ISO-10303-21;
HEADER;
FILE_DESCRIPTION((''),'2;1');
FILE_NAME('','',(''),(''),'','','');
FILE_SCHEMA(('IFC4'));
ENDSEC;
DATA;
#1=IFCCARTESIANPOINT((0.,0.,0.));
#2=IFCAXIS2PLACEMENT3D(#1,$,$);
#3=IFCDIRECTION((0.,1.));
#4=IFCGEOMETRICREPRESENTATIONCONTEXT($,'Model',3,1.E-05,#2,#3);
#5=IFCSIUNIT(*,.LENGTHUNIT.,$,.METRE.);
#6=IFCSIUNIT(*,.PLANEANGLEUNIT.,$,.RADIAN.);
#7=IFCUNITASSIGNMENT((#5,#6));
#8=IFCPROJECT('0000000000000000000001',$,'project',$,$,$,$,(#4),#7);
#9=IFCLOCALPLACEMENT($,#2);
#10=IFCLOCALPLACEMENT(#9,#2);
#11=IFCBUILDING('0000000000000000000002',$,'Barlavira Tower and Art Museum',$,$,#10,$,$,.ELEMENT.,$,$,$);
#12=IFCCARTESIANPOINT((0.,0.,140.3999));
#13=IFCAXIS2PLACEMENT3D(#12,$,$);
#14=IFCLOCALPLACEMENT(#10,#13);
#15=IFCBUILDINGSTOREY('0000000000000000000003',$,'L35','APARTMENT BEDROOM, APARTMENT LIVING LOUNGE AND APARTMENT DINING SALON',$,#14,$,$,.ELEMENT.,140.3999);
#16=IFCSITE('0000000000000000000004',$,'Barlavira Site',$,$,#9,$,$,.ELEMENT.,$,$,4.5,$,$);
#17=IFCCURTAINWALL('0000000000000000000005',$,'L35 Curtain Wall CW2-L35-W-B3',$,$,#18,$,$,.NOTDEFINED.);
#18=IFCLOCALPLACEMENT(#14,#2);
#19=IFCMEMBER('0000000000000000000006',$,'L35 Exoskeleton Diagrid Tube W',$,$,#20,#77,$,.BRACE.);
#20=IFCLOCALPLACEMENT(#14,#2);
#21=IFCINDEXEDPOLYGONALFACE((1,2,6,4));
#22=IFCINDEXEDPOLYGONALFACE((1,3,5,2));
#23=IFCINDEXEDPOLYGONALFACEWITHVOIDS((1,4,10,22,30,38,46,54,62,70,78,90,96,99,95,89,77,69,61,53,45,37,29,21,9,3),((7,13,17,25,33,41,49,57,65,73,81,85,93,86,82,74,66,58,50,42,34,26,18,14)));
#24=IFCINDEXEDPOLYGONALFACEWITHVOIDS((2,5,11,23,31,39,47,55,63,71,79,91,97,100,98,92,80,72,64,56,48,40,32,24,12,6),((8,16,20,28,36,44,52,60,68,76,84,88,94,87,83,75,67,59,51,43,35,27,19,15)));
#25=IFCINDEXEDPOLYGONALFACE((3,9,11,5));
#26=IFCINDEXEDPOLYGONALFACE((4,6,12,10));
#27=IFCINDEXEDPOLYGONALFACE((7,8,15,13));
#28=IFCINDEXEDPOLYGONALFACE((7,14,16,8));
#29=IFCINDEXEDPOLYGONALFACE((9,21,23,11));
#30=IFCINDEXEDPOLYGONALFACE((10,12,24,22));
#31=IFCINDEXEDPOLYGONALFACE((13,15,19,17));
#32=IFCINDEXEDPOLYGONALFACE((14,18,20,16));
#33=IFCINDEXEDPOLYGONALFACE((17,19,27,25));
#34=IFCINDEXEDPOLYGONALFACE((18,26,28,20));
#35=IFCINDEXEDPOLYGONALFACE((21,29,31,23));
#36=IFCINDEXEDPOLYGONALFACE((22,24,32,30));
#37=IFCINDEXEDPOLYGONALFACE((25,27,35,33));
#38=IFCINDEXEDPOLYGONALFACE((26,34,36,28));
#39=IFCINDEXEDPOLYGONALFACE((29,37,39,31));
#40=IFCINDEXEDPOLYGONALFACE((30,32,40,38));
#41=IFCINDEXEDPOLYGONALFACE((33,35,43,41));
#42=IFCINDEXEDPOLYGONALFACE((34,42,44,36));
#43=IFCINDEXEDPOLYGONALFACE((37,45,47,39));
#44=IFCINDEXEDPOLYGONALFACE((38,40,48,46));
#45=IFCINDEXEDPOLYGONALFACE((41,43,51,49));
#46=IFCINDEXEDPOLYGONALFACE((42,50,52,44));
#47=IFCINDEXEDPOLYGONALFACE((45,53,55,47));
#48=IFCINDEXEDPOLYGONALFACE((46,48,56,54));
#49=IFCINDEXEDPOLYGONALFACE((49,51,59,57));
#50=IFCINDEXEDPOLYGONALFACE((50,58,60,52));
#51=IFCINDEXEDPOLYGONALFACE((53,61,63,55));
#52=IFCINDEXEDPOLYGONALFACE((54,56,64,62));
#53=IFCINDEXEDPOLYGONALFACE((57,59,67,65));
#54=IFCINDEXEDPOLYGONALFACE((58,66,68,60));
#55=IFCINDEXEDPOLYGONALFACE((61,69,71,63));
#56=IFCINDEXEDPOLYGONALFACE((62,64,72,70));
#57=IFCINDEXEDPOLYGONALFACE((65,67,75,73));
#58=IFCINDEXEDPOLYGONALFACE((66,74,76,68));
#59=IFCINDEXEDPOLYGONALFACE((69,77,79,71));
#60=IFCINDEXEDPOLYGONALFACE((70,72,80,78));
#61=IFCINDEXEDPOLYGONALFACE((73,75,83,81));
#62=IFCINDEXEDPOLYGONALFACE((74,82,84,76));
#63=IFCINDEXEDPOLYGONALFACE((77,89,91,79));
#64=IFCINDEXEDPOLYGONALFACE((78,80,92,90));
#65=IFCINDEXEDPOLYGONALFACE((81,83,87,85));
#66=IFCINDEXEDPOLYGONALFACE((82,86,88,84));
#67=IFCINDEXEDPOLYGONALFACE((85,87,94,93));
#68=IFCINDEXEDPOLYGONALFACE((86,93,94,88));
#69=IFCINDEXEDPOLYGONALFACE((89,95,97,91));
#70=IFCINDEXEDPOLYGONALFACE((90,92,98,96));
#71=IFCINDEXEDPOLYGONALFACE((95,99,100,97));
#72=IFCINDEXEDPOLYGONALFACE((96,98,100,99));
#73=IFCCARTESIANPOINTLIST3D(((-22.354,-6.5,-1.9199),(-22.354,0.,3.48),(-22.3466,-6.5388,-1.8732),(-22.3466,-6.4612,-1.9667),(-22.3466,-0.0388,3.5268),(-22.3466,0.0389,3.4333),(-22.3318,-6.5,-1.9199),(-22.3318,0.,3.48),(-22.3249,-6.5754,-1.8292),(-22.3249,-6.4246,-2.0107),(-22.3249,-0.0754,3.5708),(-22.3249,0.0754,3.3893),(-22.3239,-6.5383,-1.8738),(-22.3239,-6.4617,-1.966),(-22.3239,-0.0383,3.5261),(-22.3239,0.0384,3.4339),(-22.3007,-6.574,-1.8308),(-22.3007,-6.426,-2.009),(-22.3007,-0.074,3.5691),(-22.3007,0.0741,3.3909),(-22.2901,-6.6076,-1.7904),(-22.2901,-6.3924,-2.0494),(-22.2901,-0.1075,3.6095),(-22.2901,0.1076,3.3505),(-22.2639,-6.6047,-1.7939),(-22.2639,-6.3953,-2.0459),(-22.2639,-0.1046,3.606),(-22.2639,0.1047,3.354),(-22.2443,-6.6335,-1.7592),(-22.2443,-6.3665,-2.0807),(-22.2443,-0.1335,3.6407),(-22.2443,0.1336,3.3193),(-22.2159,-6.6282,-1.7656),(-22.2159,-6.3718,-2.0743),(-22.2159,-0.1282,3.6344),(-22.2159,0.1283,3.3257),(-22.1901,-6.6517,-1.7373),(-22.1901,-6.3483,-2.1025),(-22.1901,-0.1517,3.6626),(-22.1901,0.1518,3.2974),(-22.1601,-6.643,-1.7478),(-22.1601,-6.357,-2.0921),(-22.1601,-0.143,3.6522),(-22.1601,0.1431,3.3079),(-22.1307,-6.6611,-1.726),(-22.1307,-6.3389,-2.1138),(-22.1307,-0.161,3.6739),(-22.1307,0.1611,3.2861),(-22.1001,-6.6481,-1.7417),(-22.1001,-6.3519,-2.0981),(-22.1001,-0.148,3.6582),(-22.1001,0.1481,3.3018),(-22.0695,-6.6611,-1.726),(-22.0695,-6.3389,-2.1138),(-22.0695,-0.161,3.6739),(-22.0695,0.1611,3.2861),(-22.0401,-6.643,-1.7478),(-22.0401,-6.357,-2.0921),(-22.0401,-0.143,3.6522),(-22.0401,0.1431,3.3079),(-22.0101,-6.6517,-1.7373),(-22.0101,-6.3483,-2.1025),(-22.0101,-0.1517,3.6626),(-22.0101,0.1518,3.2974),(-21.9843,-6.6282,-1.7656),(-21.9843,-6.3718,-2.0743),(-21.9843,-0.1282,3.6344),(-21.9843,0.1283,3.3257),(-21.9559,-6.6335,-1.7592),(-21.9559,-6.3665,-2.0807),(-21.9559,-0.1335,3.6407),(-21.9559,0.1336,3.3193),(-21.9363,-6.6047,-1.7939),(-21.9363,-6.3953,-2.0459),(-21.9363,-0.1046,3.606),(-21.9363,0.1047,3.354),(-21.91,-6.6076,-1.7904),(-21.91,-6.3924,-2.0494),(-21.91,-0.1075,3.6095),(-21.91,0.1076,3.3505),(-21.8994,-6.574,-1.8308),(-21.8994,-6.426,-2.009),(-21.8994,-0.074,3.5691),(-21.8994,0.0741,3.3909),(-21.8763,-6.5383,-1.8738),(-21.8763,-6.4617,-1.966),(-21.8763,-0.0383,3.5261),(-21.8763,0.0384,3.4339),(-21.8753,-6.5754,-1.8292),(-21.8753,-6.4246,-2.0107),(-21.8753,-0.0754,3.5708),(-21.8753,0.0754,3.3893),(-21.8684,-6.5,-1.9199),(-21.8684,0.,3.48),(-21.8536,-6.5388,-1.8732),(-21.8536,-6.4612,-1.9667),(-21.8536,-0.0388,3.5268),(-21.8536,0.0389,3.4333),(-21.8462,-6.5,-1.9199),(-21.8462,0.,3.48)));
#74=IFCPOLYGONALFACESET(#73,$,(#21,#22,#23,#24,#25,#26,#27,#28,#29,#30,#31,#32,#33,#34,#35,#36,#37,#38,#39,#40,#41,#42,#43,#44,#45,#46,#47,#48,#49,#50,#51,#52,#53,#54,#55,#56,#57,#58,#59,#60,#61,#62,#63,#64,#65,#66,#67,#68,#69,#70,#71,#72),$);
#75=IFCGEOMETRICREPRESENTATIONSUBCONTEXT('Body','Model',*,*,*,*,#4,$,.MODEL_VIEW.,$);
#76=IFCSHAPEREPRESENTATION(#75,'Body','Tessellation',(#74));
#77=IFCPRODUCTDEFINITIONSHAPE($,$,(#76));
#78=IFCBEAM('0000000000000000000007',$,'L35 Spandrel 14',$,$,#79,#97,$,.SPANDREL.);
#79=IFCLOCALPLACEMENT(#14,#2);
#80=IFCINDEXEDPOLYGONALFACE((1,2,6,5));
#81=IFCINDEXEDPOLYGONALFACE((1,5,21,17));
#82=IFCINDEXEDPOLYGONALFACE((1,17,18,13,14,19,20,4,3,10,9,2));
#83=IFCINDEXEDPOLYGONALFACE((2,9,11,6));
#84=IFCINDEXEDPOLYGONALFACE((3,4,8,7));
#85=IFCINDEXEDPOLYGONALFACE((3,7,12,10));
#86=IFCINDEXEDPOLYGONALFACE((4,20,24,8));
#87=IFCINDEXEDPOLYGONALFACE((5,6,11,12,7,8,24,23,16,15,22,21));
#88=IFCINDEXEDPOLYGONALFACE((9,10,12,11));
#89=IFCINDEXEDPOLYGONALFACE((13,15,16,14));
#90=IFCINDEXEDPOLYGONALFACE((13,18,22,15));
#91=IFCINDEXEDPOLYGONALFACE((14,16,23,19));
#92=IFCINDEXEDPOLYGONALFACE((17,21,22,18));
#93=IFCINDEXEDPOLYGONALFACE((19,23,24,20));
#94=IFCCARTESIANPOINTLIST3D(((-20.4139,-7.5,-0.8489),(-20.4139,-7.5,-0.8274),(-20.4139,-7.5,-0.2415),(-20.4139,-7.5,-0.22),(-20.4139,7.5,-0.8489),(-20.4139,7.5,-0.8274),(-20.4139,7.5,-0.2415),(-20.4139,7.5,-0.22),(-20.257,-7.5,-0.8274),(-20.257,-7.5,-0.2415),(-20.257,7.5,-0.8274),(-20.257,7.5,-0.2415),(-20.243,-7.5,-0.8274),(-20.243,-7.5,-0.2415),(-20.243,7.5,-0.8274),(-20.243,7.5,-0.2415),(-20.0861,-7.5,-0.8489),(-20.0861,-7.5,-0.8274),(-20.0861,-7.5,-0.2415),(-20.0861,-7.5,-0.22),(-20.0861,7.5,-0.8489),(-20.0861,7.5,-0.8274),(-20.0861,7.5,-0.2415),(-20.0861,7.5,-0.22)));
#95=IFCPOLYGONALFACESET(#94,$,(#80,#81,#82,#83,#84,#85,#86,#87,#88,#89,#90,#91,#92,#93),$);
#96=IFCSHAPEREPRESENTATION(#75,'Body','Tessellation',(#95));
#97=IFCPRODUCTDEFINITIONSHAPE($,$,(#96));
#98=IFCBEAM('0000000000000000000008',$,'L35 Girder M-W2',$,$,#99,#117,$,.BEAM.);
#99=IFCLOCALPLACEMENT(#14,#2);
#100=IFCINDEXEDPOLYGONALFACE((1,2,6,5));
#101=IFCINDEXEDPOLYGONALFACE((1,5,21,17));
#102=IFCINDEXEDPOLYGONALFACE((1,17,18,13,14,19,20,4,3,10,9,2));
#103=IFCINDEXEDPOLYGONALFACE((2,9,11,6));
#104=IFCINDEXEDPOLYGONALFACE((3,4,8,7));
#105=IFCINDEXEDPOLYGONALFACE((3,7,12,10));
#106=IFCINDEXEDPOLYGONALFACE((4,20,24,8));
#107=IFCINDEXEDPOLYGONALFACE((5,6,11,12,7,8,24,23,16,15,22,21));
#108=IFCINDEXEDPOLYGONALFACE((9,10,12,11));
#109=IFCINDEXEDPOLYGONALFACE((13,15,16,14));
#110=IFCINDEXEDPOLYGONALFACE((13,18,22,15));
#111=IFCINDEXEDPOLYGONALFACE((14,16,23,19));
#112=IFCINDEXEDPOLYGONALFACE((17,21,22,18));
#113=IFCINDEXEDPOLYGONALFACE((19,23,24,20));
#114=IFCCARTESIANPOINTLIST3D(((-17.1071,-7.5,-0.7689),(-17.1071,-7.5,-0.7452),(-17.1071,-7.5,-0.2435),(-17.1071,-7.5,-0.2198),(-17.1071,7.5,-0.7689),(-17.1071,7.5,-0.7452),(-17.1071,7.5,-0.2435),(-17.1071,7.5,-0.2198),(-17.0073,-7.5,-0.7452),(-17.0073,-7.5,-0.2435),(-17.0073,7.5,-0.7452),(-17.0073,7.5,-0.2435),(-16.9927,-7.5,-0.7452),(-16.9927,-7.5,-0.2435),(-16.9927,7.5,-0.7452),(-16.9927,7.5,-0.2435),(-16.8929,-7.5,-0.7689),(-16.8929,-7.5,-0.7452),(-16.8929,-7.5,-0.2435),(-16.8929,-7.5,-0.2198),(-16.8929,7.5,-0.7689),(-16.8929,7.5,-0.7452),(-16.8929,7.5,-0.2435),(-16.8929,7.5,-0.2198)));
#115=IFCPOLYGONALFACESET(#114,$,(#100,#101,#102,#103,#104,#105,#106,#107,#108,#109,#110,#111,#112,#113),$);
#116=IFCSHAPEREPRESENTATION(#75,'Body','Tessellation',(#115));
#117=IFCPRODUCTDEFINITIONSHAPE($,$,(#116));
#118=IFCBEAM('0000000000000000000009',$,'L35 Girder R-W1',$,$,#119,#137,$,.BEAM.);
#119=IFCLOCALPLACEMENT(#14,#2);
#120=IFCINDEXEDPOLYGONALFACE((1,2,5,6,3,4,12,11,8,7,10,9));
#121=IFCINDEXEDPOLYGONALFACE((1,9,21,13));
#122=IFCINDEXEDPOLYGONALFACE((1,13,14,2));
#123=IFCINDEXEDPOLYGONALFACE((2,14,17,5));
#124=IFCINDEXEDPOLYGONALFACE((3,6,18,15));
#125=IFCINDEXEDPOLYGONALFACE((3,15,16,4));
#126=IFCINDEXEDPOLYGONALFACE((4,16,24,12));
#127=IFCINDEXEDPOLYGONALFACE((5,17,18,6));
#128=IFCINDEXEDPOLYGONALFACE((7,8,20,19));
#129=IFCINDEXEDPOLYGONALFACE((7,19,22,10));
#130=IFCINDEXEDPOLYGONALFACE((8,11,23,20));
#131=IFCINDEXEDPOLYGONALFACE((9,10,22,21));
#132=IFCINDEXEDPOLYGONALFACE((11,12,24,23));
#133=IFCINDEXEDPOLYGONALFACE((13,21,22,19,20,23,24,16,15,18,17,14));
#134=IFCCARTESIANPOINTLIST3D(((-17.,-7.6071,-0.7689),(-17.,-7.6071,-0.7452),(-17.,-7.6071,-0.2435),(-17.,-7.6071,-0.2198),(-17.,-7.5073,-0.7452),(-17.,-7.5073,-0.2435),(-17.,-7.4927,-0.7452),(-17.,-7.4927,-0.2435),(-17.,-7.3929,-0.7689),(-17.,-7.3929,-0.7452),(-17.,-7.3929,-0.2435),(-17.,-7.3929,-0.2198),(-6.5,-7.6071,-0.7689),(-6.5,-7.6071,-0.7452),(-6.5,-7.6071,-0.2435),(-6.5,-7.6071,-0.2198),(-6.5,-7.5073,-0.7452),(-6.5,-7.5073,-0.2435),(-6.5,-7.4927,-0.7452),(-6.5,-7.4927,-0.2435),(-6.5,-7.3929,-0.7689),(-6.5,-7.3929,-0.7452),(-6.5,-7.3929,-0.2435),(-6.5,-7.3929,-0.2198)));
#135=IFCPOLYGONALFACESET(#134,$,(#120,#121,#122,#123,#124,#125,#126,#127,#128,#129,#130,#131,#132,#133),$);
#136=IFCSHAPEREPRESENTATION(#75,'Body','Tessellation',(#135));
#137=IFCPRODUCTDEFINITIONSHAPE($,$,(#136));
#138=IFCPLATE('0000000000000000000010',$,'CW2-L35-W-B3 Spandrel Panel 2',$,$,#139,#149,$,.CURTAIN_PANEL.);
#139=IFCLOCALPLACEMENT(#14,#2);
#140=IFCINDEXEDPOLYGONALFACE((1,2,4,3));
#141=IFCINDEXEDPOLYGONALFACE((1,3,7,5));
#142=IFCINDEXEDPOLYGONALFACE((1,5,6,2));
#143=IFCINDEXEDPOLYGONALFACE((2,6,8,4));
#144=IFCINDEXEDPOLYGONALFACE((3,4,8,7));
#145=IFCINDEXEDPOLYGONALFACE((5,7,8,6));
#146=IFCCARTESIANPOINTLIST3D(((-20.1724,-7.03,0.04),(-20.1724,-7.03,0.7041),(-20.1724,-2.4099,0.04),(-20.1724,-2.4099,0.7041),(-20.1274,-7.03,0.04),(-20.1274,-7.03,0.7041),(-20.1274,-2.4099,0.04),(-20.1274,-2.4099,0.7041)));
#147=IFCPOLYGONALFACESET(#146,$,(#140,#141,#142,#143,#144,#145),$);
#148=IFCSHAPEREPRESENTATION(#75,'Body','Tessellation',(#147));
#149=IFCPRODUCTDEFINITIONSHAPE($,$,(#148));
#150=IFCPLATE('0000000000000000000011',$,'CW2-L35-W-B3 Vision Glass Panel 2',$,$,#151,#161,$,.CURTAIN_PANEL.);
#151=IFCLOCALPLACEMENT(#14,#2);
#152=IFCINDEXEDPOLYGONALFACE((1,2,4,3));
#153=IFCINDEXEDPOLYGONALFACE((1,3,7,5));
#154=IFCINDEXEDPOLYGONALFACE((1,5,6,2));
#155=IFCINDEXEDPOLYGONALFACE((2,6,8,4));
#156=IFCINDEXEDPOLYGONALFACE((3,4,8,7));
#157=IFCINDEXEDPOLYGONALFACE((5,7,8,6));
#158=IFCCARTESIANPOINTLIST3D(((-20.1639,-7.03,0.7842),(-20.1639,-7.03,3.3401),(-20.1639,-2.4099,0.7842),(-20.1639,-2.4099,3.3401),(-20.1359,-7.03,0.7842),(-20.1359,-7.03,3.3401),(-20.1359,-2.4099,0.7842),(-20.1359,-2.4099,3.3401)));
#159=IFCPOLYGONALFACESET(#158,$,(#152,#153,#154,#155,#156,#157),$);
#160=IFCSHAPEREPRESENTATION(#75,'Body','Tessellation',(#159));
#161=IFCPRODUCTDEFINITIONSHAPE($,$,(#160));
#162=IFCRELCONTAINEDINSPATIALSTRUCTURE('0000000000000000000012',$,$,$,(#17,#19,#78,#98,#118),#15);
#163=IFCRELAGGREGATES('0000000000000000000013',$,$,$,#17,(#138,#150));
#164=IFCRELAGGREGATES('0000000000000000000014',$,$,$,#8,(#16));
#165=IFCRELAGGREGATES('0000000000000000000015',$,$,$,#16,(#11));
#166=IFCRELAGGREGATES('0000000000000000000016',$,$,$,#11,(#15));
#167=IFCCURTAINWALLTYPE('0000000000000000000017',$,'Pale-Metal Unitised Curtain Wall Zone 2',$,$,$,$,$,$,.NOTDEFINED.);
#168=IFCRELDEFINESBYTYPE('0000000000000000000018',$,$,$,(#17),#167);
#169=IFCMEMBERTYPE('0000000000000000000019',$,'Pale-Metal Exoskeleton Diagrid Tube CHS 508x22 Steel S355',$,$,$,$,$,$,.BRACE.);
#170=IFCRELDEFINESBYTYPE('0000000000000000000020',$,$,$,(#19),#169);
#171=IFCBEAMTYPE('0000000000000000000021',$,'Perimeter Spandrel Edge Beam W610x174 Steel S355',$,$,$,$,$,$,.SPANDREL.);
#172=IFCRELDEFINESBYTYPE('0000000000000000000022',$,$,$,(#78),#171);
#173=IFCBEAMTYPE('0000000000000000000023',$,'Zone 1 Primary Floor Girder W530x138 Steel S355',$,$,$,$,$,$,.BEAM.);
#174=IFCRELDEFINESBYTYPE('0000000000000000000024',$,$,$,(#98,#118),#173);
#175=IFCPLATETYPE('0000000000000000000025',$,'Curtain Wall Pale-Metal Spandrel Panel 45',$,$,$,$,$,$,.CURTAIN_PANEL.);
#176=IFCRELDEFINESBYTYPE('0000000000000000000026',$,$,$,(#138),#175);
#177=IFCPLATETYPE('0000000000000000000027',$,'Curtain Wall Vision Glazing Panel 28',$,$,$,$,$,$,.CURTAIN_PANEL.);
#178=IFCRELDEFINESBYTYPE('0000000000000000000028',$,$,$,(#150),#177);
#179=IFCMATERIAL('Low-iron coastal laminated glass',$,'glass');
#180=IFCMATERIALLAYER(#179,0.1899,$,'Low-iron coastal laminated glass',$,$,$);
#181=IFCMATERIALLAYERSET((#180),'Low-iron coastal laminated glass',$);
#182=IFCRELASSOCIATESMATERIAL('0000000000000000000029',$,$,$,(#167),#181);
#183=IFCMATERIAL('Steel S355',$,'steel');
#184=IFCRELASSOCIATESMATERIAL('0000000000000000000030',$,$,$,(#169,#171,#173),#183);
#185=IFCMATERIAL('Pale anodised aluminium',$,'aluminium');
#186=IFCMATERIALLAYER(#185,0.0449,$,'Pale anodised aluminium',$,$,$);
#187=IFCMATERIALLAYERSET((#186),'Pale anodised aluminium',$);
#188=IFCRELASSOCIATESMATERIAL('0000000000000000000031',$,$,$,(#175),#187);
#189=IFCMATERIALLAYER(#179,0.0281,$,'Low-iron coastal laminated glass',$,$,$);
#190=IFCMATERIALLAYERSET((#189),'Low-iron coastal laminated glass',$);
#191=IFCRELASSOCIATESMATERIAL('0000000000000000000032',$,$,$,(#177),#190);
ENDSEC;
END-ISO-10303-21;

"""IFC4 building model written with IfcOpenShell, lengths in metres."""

from ifc_helpers import new_model, si_unit, direction, frame, origin, origin_2d, place, context, subcontext, project, spatial, rectangle, hollow_circle, i_section, extrude, material, layer, layer_set, material_profile, profile_set, type_object, element, aggregate, save


model = new_model("IFC4")

# Units and contexts
model_context = context("Model", 3, precision=1e-05, world=origin(), true_north=direction((0.0, 1.0)))
body_context = subcontext(model_context, "Body", "Model", "MODEL_VIEW")
ifc_project = project(units=[si_unit("LENGTHUNIT", "METRE"), si_unit("PLANEANGLEUNIT", "RADIAN")], contexts=[model_context])

# Site, building, storey
site_placement = place(None, origin())
site = spatial("IfcSite", under=ifc_project, at=site_placement, Name="Barlavira Site", CompositionType="ELEMENT", RefElevation=4.5)
building_placement = place(site_placement, origin())
building = spatial("IfcBuilding", under=site, at=building_placement, Name="Barlavira Tower and Art Museum", CompositionType="ELEMENT")
storey_placement = place(building_placement, frame((0.0, 0.0, 140.3999)))
storey = spatial("IfcBuildingStorey", under=building, at=storey_placement, Name="L35", Description="APARTMENT BEDROOM, APARTMENT LIVING LOUNGE AND APARTMENT DINING SALON", CompositionType="ELEMENT", Elevation=140.3999)

# Curtain wall
ifc_material_1 = material(Name="Low-iron coastal laminated glass", Category="glass")
ifc_layer_1 = layer(ifc_material_1, 0.1899, Name="Low-iron coastal laminated glass")
ifc_layer_set_1 = layer_set([ifc_layer_1], Name="Low-iron coastal laminated glass")
curtain_wall_type = type_object("IfcCurtainWallType", Name="Pale-Metal Unitised Curtain Wall Zone 2", PredefinedType="NOTDEFINED", material=ifc_layer_set_1)
curtain_wall_placement = place(storey_placement, origin())
curtain_wall = element("IfcCurtainWall", 1, at=curtain_wall_placement, inside=storey, type_object=curtain_wall_type, Name="L35 Curtain Wall CW2-L35-W-B3", PredefinedType="NOTDEFINED")
ifc_material_2 = material(Name="Pale anodised aluminium", Category="aluminium")

# Member
ifc_material_3 = material(Name="Steel S355", Category="steel")
ifc_material_profile_1 = material_profile(ifc_material_3, hollow_circle(Radius=0.2539, WallThickness=0.0222, at=origin_2d()), Name="CHS 508.0x22.2")
ifc_profile_set_1 = profile_set([ifc_material_profile_1], Name="Steel S355")
member_type_1 = type_object("IfcMemberType", Name="Pale-Metal Exoskeleton Diagrid Tube CHS 508x22 Steel S355", PredefinedType="BRACE", material=ifc_profile_set_1)
for number, where, z_axis, x_axis, name in (
    (2, (-22.1001, -6.5, -1.9199), (0.0, 0.769196, 0.639013), (-1.0, 0.0, 0.0), "L35 Exoskeleton Diagrid Tube W"),
):
    element("IfcMember", number, at=place(storey_placement, frame(where, z_axis=z_axis, x_axis=x_axis)), inside=storey, type_object=member_type_1, Name=name, PredefinedType="BRACE", context=body_context, shape_type="SweptSolid", body=[
        extrude(hollow_circle(Radius=0.2539, WallThickness=0.0222, at=origin_2d()), origin(), (0.0, 0.0, 1.0), 8.4504),
    ])

# Beams
ifc_material_profile_2 = material_profile(ifc_material_3, i_section(OverallWidth=0.3279, OverallDepth=0.6289, WebThickness=0.0139, FlangeThickness=0.0215, at=origin_2d()), Name="W610x174.0")
ifc_profile_set_2 = profile_set([ifc_material_profile_2], Name="Steel S355")
beam_type_1 = type_object("IfcBeamType", Name="Perimeter Spandrel Edge Beam W610x174 Steel S355", PredefinedType="SPANDREL", material=ifc_profile_set_2)
beam_1_placement = place(storey_placement, frame((-20.25, -7.5, -0.5344), z_axis=(0.0, 1.0, 0.0), x_axis=(-1.0, 0.0, 0.0)))
element("IfcBeam", 3, at=beam_1_placement, inside=storey, type_object=beam_type_1, Name="L35 Spandrel 14", PredefinedType="SPANDREL", context=body_context, shape_type="SweptSolid", body=[
    extrude(i_section(OverallWidth=0.3279, OverallDepth=0.6289, WebThickness=0.0139, FlangeThickness=0.0215, at=origin_2d()), origin(), (0.0, 0.0, 1.0), 15.0),
])
ifc_material_profile_3 = material_profile(ifc_material_3, i_section(OverallWidth=0.2141, OverallDepth=0.5491, WebThickness=0.0146, FlangeThickness=0.0237, at=origin_2d()), Name="W530x138.0")
ifc_profile_set_3 = profile_set([ifc_material_profile_3], Name="Steel S355")
beam_type_2 = type_object("IfcBeamType", Name="Zone 1 Primary Floor Girder W530x138 Steel S355", PredefinedType="BEAM", material=ifc_profile_set_3)
beam_2_placement = place(storey_placement, frame((-17.0, -7.5, -0.4944), z_axis=(0.0, 1.0, 0.0), x_axis=(-1.0, 0.0, 0.0)))
element("IfcBeam", 4, at=beam_2_placement, inside=storey, type_object=beam_type_2, Name="L35 Girder M-W2", PredefinedType="BEAM", context=body_context, shape_type="SweptSolid", body=[
    extrude(i_section(OverallWidth=0.2141, OverallDepth=0.5491, WebThickness=0.0146, FlangeThickness=0.0237, at=origin_2d()), origin(), (0.0, 0.0, 1.0), 15.0),
])
beam_3_placement = place(storey_placement, frame((-17.0, -7.5, -0.4944), z_axis=(1.0, 0.0, 0.0), x_axis=(0.0, 1.0, 0.0)))
element("IfcBeam", 5, at=beam_3_placement, inside=storey, type_object=beam_type_2, Name="L35 Girder R-W1", PredefinedType="BEAM", context=body_context, shape_type="SweptSolid", body=[
    extrude(i_section(OverallWidth=0.2141, OverallDepth=0.5491, WebThickness=0.0146, FlangeThickness=0.0237, at=origin_2d()), origin(), (0.0, 0.0, 1.0), 10.5),
])

# Plates
ifc_layer_2 = layer(ifc_material_2, 0.0449, Name="Pale anodised aluminium")
ifc_layer_set_2 = layer_set([ifc_layer_2], Name="Pale anodised aluminium")
plate_type_1 = type_object("IfcPlateType", Name="Curtain Wall Pale-Metal Spandrel Panel 45", PredefinedType="CURTAIN_PANEL", material=ifc_layer_set_2)
plate_1_placement = place(storey_placement, frame((-20.1499, -4.72, 0.04), z_axis=(0.0, 0.0, 1.0), x_axis=(0.0, -1.0, 0.0)))
plate_1 = element("IfcPlate", 6, at=plate_1_placement, type_object=plate_type_1, Name="CW2-L35-W-B3 Spandrel Panel 2", PredefinedType="CURTAIN_PANEL", context=body_context, shape_type="SweptSolid", body=[
    extrude(rectangle(XDim=4.6201, YDim=0.0449, at=origin_2d()), origin(), (0.0, 0.0, 1.0), 0.6641),
])
ifc_layer_3 = layer(ifc_material_1, 0.0281, Name="Low-iron coastal laminated glass")
ifc_layer_set_3 = layer_set([ifc_layer_3], Name="Low-iron coastal laminated glass")
plate_type_2 = type_object("IfcPlateType", Name="Curtain Wall Vision Glazing Panel 28", PredefinedType="CURTAIN_PANEL", material=ifc_layer_set_3)
plate_2_placement = place(storey_placement, frame((-20.1499, -4.72, 0.7842), z_axis=(0.0, 0.0, 1.0), x_axis=(0.0, -1.0, 0.0)))
plate_2 = element("IfcPlate", 7, at=plate_2_placement, type_object=plate_type_2, Name="CW2-L35-W-B3 Vision Glass Panel 2", PredefinedType="CURTAIN_PANEL", context=body_context, shape_type="SweptSolid", body=[
    extrude(rectangle(XDim=4.6201, YDim=0.0281, at=origin_2d()), origin(), (0.0, 0.0, 1.0), 2.5559),
])
aggregate(curtain_wall, [plate_1, plate_2])

save(model, "model.ifc")
